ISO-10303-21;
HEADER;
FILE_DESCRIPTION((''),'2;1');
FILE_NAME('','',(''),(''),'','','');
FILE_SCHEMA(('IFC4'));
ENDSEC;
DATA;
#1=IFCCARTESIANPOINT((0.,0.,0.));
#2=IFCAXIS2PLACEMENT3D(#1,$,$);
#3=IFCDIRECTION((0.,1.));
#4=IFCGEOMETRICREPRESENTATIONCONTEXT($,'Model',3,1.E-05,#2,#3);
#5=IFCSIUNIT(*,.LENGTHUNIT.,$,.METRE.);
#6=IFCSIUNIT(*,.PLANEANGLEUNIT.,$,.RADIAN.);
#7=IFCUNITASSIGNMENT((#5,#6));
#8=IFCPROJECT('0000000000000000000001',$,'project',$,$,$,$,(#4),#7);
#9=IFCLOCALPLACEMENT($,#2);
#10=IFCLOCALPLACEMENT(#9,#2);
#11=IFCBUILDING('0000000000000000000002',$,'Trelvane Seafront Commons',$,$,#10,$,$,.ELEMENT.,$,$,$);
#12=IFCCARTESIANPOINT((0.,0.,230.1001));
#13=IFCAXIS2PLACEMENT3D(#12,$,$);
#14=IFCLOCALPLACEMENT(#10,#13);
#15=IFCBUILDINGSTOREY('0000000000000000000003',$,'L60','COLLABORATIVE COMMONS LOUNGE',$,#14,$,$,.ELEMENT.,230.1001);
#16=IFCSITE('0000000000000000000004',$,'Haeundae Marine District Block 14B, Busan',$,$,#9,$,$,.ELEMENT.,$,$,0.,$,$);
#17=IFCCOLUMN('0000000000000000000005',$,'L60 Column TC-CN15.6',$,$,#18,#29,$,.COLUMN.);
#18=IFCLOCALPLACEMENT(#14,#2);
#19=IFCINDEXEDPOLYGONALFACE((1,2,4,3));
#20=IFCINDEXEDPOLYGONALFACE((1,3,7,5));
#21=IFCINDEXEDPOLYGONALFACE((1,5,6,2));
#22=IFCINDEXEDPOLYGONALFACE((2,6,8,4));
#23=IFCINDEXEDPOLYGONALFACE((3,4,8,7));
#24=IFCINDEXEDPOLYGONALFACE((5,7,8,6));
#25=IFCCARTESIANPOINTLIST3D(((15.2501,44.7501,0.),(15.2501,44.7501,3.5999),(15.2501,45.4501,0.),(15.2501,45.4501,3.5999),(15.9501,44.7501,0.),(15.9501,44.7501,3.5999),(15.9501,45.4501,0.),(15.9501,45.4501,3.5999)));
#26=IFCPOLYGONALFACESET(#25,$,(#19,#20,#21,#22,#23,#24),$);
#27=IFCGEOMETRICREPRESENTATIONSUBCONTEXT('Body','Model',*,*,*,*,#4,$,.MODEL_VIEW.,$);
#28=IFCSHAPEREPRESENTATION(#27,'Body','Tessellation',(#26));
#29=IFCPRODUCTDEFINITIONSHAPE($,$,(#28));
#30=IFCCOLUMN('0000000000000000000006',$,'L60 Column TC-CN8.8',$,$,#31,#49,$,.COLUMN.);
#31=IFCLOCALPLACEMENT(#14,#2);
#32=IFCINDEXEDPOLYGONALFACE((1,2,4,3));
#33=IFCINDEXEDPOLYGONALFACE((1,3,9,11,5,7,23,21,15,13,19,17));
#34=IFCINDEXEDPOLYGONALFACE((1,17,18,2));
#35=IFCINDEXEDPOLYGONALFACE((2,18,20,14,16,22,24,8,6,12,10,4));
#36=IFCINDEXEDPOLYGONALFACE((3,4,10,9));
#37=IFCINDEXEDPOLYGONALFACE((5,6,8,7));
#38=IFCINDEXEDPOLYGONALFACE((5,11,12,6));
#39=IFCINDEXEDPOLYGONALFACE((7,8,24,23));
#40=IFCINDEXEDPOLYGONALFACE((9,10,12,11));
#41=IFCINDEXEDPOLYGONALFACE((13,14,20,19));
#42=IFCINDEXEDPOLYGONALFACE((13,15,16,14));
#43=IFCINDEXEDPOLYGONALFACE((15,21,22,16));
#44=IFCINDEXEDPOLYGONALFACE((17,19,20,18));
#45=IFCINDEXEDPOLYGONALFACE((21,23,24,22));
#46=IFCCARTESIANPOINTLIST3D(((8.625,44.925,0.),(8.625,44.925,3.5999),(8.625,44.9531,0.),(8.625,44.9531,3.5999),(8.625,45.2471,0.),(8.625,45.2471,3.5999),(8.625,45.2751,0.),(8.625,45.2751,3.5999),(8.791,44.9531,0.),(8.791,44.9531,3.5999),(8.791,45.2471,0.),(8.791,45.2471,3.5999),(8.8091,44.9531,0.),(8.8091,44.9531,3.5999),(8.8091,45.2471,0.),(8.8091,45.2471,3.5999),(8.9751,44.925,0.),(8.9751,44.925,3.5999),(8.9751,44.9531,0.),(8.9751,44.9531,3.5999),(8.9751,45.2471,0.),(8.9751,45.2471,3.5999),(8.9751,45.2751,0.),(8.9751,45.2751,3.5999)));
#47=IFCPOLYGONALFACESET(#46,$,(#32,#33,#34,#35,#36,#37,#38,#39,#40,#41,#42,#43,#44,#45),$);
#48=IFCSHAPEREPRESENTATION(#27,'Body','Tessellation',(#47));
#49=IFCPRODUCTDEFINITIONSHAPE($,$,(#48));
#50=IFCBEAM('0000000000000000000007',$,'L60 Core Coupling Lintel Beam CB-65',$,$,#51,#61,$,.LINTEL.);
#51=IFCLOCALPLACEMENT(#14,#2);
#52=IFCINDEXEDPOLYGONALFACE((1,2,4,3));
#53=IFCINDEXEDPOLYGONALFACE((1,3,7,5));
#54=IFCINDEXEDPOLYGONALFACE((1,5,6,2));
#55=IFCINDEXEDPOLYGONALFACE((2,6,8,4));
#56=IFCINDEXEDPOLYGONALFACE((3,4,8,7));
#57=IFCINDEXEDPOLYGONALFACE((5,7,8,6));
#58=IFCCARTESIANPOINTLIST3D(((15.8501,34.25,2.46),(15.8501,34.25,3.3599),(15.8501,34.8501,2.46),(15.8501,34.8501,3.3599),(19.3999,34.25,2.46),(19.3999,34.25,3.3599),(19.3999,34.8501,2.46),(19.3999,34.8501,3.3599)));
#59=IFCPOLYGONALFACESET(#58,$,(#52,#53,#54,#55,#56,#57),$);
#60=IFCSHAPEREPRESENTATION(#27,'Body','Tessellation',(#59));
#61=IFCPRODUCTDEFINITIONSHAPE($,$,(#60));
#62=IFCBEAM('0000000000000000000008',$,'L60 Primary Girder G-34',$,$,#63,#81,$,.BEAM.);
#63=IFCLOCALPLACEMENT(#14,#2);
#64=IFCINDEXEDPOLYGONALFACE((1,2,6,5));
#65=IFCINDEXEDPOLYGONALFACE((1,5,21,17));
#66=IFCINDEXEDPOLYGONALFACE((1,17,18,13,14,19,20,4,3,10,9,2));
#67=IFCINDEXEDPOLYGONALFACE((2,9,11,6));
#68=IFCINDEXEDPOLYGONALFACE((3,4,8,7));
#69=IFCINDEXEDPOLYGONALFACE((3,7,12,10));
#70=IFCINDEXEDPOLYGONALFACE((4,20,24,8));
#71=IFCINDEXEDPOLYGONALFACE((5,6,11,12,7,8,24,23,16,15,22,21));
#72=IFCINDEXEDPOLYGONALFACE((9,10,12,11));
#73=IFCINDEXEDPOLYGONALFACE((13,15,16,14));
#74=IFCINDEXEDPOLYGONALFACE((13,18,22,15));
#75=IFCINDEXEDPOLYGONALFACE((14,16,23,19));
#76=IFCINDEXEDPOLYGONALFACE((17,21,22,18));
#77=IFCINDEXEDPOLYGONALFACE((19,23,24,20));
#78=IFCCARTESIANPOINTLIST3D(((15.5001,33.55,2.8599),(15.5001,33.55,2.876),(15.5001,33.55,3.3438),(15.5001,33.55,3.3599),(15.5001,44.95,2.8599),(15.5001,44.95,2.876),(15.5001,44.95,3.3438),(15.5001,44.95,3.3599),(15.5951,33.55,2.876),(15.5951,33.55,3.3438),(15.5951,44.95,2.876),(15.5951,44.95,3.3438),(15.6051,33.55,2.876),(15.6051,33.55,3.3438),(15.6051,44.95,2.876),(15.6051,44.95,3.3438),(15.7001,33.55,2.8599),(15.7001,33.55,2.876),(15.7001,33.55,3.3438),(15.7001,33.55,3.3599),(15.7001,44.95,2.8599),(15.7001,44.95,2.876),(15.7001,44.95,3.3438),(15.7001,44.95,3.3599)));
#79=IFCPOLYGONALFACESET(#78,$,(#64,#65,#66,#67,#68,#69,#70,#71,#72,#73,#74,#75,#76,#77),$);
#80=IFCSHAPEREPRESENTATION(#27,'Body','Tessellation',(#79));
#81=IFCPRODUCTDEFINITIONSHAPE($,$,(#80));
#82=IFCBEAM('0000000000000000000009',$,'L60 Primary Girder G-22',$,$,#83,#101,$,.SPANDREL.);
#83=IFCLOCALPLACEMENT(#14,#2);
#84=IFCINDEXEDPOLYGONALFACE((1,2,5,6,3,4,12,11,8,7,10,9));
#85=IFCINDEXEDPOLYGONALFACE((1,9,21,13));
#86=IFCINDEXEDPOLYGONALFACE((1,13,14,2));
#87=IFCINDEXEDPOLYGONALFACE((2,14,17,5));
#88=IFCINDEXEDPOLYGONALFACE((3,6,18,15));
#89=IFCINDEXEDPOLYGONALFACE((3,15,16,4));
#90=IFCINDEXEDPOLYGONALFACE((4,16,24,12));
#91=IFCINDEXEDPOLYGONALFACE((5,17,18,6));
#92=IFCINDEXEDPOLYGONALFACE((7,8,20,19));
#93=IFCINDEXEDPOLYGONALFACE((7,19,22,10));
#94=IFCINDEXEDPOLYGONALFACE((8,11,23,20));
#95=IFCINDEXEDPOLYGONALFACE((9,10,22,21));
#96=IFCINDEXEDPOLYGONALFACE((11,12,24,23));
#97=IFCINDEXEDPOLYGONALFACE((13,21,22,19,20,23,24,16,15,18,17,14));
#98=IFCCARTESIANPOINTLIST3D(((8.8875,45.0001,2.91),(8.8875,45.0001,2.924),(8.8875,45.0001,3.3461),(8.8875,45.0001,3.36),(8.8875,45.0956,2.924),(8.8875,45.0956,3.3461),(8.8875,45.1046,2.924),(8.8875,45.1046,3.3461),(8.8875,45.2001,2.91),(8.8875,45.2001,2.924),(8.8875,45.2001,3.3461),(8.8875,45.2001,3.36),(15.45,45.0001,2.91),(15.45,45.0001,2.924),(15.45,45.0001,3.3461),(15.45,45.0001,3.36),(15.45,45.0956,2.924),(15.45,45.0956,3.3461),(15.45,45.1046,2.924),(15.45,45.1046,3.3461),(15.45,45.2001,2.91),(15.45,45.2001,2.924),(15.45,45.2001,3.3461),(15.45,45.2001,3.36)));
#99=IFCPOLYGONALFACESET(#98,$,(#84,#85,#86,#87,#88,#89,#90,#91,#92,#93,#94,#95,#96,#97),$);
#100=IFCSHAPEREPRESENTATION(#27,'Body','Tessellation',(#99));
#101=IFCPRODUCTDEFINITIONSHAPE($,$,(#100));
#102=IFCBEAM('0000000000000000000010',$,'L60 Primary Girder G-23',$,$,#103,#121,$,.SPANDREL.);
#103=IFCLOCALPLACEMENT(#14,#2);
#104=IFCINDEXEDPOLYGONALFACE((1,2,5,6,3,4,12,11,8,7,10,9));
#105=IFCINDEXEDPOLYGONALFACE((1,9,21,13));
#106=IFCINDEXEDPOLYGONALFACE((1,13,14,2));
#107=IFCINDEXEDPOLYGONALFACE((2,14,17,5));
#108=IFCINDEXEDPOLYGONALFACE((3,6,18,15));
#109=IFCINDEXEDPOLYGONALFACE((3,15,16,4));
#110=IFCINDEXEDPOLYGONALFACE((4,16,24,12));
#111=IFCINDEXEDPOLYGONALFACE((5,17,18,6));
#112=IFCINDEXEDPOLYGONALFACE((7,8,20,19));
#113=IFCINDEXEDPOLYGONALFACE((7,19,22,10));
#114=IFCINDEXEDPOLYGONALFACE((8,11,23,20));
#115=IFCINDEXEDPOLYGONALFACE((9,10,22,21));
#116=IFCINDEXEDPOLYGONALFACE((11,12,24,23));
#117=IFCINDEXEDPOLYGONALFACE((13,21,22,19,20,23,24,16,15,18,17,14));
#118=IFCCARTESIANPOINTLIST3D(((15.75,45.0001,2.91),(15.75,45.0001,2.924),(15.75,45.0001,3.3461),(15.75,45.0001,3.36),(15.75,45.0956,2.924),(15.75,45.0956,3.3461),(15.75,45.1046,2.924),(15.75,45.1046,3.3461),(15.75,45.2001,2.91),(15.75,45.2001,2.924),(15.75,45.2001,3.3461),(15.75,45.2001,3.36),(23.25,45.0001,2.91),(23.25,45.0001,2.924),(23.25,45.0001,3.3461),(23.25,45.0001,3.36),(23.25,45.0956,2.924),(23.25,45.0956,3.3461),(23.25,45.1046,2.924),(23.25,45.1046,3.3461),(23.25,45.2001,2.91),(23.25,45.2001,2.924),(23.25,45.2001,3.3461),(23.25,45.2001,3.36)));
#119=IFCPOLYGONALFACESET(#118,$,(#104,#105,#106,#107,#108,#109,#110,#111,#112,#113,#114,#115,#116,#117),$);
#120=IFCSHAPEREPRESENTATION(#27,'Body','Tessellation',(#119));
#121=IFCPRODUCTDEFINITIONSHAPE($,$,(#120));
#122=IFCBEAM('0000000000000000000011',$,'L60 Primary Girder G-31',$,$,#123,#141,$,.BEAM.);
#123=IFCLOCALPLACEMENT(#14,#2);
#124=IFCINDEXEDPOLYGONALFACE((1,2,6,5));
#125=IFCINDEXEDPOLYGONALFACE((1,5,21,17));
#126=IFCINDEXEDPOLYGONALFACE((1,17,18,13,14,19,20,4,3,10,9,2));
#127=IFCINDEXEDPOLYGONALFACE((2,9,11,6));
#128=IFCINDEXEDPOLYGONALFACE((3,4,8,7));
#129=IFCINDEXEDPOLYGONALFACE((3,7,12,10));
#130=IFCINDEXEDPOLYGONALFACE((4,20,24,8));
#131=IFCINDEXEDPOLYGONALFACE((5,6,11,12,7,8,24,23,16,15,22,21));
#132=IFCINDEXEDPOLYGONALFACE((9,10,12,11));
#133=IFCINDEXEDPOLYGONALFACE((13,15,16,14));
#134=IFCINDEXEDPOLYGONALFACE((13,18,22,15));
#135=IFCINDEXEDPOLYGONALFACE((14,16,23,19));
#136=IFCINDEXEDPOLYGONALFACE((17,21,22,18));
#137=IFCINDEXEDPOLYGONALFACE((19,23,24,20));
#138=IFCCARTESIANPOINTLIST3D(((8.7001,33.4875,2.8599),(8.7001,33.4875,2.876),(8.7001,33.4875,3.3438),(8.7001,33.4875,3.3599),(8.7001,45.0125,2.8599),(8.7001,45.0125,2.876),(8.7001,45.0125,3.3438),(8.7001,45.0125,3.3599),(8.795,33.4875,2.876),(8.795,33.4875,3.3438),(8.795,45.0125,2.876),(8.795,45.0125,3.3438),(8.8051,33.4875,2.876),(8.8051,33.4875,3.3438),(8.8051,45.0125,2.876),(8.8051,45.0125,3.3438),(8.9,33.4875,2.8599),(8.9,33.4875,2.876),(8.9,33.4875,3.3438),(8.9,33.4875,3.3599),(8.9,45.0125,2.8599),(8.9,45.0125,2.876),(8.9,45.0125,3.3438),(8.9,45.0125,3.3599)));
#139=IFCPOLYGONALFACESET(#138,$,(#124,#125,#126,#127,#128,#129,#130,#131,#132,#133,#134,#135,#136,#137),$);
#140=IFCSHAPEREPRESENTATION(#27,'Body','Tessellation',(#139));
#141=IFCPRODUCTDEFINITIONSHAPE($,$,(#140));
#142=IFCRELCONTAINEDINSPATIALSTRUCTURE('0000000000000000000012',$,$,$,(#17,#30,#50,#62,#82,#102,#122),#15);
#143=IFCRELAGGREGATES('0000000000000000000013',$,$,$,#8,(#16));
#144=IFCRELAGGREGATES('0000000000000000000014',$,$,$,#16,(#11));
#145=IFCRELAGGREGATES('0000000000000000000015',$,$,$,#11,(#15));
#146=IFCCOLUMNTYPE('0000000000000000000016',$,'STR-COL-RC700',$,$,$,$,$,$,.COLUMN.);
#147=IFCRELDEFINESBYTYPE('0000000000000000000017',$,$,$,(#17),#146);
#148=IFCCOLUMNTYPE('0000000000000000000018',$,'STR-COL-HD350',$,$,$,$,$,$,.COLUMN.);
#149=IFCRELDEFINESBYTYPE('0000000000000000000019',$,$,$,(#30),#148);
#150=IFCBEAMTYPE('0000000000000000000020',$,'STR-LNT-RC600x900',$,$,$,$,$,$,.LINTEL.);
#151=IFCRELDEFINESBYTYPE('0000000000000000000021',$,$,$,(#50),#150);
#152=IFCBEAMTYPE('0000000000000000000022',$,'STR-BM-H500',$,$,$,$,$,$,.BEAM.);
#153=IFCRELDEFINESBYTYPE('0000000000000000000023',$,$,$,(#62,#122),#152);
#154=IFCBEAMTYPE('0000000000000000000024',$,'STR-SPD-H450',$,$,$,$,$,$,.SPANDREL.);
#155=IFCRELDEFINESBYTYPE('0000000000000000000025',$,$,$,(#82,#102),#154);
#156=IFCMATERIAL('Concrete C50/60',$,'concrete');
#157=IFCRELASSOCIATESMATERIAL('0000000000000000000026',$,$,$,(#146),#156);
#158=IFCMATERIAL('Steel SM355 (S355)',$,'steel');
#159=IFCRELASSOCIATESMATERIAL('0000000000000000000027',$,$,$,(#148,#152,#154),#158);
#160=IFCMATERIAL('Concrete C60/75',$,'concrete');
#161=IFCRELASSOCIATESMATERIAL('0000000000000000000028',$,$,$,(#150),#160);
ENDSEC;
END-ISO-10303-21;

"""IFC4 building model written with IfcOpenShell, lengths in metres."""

from ifc_helpers import new_model, si_unit, direction, frame, origin, origin_2d, place, context, subcontext, project, spatial, rectangle, i_section, extrude, source, transform, mapped, material, material_profile, profile_set, type_object, element, save


model = new_model("IFC4")

# Units and contexts
model_context = context("Model", 3, precision=1e-05, world=origin(), true_north=direction((0.0, 1.0)))
body_context = subcontext(model_context, "Body", "Model", "MODEL_VIEW")
ifc_project = project(units=[si_unit("LENGTHUNIT", "METRE"), si_unit("PLANEANGLEUNIT", "RADIAN")], contexts=[model_context])

# Site, building, storey
site_placement = place(None, origin())
site = spatial("IfcSite", under=ifc_project, at=site_placement, Name="Haeundae Marine District Block 14B, Busan", CompositionType="ELEMENT", RefElevation=0.0)
building_placement = place(site_placement, origin())
building = spatial("IfcBuilding", under=site, at=building_placement, Name="Trelvane Seafront Commons", CompositionType="ELEMENT")
storey_placement = place(building_placement, frame((0.0, 0.0, 230.1001)))
storey = spatial("IfcBuildingStorey", under=building, at=storey_placement, Name="L60", Description="COLLABORATIVE COMMONS LOUNGE", CompositionType="ELEMENT", Elevation=230.1001)

# Columns
ifc_material_1 = material(Name="Concrete C50/60", Category="concrete")
ifc_material_profile_1 = material_profile(ifc_material_1, rectangle(XDim=0.7, YDim=0.7, at=origin_2d()), Name="RC-700x700")
ifc_profile_set_1 = profile_set([ifc_material_profile_1], Name="Concrete C50/60")
column_type_1 = type_object("IfcColumnType", Name="STR-COL-RC700", PredefinedType="COLUMN", material=ifc_profile_set_1)
shared_shape_1 = source(origin(), body_context, "Body", "SweptSolid", [
    extrude(rectangle(XDim=0.7, YDim=0.7, at=origin_2d()), origin(), (0.0, 0.0, 1.0), 3.5999),
])
column_1_placement = place(storey_placement, frame((15.6001, 45.1001, 0.0), z_axis=(0.0, 0.0, 1.0), x_axis=(1.0, 0.0, 0.0)))
element("IfcColumn", 1, at=column_1_placement, inside=storey, type_object=column_type_1, Name="L60 Column TC-CN15.6", PredefinedType="COLUMN", context=body_context, shape_type="MappedRepresentation", body=[
    mapped(shared_shape_1, transform((0.0, 0.0, 0.0), x_axis=(1.0, 0.0, 0.0), y_axis=(0.0, 1.0, 0.0), z_axis=(0.0, 0.0, 1.0), scale=1.0)),
])
ifc_material_2 = material(Name="Steel SM355 (S355)", Category="steel")
ifc_material_profile_2 = material_profile(ifc_material_2, i_section(OverallWidth=0.3501, OverallDepth=0.3501, WebThickness=0.0181, FlangeThickness=0.0281, at=origin_2d()), Name="HD-350x350x18x28")
ifc_profile_set_2 = profile_set([ifc_material_profile_2], Name="Steel SM355 (S355)")
column_type_2 = type_object("IfcColumnType", Name="STR-COL-HD350", PredefinedType="COLUMN", material=ifc_profile_set_2)
shared_shape_2 = source(origin(), body_context, "Body", "SweptSolid", [
    extrude(i_section(OverallWidth=0.3501, OverallDepth=0.3501, WebThickness=0.0181, FlangeThickness=0.0281, at=origin_2d()), origin(), (0.0, 0.0, 1.0), 3.5999),
])
column_2_placement = place(storey_placement, frame((8.8, 45.1001, 0.0), z_axis=(0.0, 0.0, 1.0), x_axis=(1.0, 0.0, 0.0)))
element("IfcColumn", 2, at=column_2_placement, inside=storey, type_object=column_type_2, Name="L60 Column TC-CN8.8", PredefinedType="COLUMN", context=body_context, shape_type="MappedRepresentation", body=[
    mapped(shared_shape_2, transform((0.0, 0.0, 0.0), x_axis=(1.0, 0.0, 0.0), y_axis=(0.0, 1.0, 0.0), z_axis=(0.0, 0.0, 1.0), scale=1.0)),
])

# Beams
ifc_material_3 = material(Name="Concrete C60/75", Category="concrete")
ifc_material_profile_3 = material_profile(ifc_material_3, rectangle(XDim=0.6001, YDim=0.8999, at=origin_2d()), Name="RC-600x900")
ifc_profile_set_3 = profile_set([ifc_material_profile_3], Name="Concrete C60/75")
beam_type_1 = type_object("IfcBeamType", Name="STR-LNT-RC600x900", PredefinedType="LINTEL", material=ifc_profile_set_3)
shared_shape_3 = source(origin(), body_context, "Body", "SweptSolid", [
    extrude(rectangle(XDim=0.6001, YDim=0.8999, at=origin_2d()), origin(), (0.0, 0.0, 1.0), 3.5498),
])
beam_1_placement = place(storey_placement, frame((15.8501, 34.55, 2.9099), z_axis=(1.0, 0.0, 0.0), x_axis=(0.0, 1.0, 0.0)))
element("IfcBeam", 3, at=beam_1_placement, inside=storey, type_object=beam_type_1, Name="L60 Core Coupling Lintel Beam CB-65", PredefinedType="LINTEL", context=body_context, shape_type="MappedRepresentation", body=[
    mapped(shared_shape_3, transform((0.0, 0.0, 0.0), x_axis=(1.0, 0.0, 0.0), y_axis=(0.0, 1.0, 0.0), z_axis=(0.0, 0.0, 1.0), scale=1.0)),
])
ifc_material_profile_4 = material_profile(ifc_material_2, i_section(OverallWidth=0.2, OverallDepth=0.5, WebThickness=0.01, FlangeThickness=0.0161, at=origin_2d()), Name="H-500x200x10x16")
ifc_profile_set_4 = profile_set([ifc_material_profile_4], Name="Steel SM355 (S355)")
beam_type_2 = type_object("IfcBeamType", Name="STR-BM-H500", PredefinedType="BEAM", material=ifc_profile_set_4)
shared_shape_4 = source(origin(), body_context, "Body", "SweptSolid", [
    extrude(i_section(OverallWidth=0.2, OverallDepth=0.5, WebThickness=0.01, FlangeThickness=0.0161, at=origin_2d()), origin(), (0.0, 0.0, 1.0), 11.3999),
])
beam_2_placement = place(storey_placement, frame((15.6001, 33.55, 3.1099), z_axis=(0.0, 1.0, 0.0), x_axis=(-1.0, 0.0, 0.0)))
element("IfcBeam", 4, at=beam_2_placement, inside=storey, type_object=beam_type_2, Name="L60 Primary Girder G-34", PredefinedType="BEAM", context=body_context, shape_type="MappedRepresentation", body=[
    mapped(shared_shape_4, transform((0.0, 0.0, 0.0), x_axis=(1.0, 0.0, 0.0), y_axis=(0.0, 1.0, 0.0), z_axis=(0.0, 0.0, 1.0), scale=1.0)),
])
ifc_material_profile_5 = material_profile(ifc_material_2, i_section(OverallWidth=0.2, OverallDepth=0.45, WebThickness=0.009, FlangeThickness=0.0139, at=origin_2d()), Name="H-450x200x9x14")
ifc_profile_set_5 = profile_set([ifc_material_profile_5], Name="Steel SM355 (S355)")
beam_type_3 = type_object("IfcBeamType", Name="STR-SPD-H450", PredefinedType="SPANDREL", material=ifc_profile_set_5)
shared_shape_5 = source(origin(), body_context, "Body", "SweptSolid", [
    extrude(i_section(OverallWidth=0.2, OverallDepth=0.45, WebThickness=0.009, FlangeThickness=0.0139, at=origin_2d()), origin(), (0.0, 0.0, 1.0), 6.5625),
])
beam_3_placement = place(storey_placement, frame((8.8875, 45.1001, 3.135), z_axis=(1.0, 0.0, 0.0), x_axis=(0.0, 1.0, 0.0)))
element("IfcBeam", 5, at=beam_3_placement, inside=storey, type_object=beam_type_3, Name="L60 Primary Girder G-22", PredefinedType="SPANDREL", context=body_context, shape_type="MappedRepresentation", body=[
    mapped(shared_shape_5, transform((0.0, 0.0, 0.0), x_axis=(1.0, 0.0, 0.0), y_axis=(0.0, 1.0, 0.0), z_axis=(0.0, 0.0, 1.0), scale=1.0)),
])
shared_shape_6 = source(origin(), body_context, "Body", "SweptSolid", [
    extrude(i_section(OverallWidth=0.2, OverallDepth=0.45, WebThickness=0.009, FlangeThickness=0.0139, at=origin_2d()), origin(), (0.0, 0.0, 1.0), 7.5),
])
beam_4_placement = place(storey_placement, frame((15.75, 45.1001, 3.135), z_axis=(1.0, 0.0, 0.0), x_axis=(0.0, 1.0, 0.0)))
element("IfcBeam", 6, at=beam_4_placement, inside=storey, type_object=beam_type_3, Name="L60 Primary Girder G-23", PredefinedType="SPANDREL", context=body_context, shape_type="MappedRepresentation", body=[
    mapped(shared_shape_6, transform((0.0, 0.0, 0.0), x_axis=(1.0, 0.0, 0.0), y_axis=(0.0, 1.0, 0.0), z_axis=(0.0, 0.0, 1.0), scale=1.0)),
])
shared_shape_7 = source(origin(), body_context, "Body", "SweptSolid", [
    extrude(i_section(OverallWidth=0.2, OverallDepth=0.5, WebThickness=0.01, FlangeThickness=0.0161, at=origin_2d()), origin(), (0.0, 0.0, 1.0), 11.5249),
])
beam_5_placement = place(storey_placement, frame((8.8, 33.4875, 3.1099), z_axis=(0.0, 1.0, 0.0), x_axis=(-1.0, 0.0, 0.0)))
element("IfcBeam", 7, at=beam_5_placement, inside=storey, type_object=beam_type_2, Name="L60 Primary Girder G-31", PredefinedType="BEAM", context=body_context, shape_type="MappedRepresentation", body=[
    mapped(shared_shape_7, transform((0.0, 0.0, 0.0), x_axis=(1.0, 0.0, 0.0), y_axis=(0.0, 1.0, 0.0), z_axis=(0.0, 0.0, 1.0), scale=1.0)),
])

save(model, "model.ifc")
